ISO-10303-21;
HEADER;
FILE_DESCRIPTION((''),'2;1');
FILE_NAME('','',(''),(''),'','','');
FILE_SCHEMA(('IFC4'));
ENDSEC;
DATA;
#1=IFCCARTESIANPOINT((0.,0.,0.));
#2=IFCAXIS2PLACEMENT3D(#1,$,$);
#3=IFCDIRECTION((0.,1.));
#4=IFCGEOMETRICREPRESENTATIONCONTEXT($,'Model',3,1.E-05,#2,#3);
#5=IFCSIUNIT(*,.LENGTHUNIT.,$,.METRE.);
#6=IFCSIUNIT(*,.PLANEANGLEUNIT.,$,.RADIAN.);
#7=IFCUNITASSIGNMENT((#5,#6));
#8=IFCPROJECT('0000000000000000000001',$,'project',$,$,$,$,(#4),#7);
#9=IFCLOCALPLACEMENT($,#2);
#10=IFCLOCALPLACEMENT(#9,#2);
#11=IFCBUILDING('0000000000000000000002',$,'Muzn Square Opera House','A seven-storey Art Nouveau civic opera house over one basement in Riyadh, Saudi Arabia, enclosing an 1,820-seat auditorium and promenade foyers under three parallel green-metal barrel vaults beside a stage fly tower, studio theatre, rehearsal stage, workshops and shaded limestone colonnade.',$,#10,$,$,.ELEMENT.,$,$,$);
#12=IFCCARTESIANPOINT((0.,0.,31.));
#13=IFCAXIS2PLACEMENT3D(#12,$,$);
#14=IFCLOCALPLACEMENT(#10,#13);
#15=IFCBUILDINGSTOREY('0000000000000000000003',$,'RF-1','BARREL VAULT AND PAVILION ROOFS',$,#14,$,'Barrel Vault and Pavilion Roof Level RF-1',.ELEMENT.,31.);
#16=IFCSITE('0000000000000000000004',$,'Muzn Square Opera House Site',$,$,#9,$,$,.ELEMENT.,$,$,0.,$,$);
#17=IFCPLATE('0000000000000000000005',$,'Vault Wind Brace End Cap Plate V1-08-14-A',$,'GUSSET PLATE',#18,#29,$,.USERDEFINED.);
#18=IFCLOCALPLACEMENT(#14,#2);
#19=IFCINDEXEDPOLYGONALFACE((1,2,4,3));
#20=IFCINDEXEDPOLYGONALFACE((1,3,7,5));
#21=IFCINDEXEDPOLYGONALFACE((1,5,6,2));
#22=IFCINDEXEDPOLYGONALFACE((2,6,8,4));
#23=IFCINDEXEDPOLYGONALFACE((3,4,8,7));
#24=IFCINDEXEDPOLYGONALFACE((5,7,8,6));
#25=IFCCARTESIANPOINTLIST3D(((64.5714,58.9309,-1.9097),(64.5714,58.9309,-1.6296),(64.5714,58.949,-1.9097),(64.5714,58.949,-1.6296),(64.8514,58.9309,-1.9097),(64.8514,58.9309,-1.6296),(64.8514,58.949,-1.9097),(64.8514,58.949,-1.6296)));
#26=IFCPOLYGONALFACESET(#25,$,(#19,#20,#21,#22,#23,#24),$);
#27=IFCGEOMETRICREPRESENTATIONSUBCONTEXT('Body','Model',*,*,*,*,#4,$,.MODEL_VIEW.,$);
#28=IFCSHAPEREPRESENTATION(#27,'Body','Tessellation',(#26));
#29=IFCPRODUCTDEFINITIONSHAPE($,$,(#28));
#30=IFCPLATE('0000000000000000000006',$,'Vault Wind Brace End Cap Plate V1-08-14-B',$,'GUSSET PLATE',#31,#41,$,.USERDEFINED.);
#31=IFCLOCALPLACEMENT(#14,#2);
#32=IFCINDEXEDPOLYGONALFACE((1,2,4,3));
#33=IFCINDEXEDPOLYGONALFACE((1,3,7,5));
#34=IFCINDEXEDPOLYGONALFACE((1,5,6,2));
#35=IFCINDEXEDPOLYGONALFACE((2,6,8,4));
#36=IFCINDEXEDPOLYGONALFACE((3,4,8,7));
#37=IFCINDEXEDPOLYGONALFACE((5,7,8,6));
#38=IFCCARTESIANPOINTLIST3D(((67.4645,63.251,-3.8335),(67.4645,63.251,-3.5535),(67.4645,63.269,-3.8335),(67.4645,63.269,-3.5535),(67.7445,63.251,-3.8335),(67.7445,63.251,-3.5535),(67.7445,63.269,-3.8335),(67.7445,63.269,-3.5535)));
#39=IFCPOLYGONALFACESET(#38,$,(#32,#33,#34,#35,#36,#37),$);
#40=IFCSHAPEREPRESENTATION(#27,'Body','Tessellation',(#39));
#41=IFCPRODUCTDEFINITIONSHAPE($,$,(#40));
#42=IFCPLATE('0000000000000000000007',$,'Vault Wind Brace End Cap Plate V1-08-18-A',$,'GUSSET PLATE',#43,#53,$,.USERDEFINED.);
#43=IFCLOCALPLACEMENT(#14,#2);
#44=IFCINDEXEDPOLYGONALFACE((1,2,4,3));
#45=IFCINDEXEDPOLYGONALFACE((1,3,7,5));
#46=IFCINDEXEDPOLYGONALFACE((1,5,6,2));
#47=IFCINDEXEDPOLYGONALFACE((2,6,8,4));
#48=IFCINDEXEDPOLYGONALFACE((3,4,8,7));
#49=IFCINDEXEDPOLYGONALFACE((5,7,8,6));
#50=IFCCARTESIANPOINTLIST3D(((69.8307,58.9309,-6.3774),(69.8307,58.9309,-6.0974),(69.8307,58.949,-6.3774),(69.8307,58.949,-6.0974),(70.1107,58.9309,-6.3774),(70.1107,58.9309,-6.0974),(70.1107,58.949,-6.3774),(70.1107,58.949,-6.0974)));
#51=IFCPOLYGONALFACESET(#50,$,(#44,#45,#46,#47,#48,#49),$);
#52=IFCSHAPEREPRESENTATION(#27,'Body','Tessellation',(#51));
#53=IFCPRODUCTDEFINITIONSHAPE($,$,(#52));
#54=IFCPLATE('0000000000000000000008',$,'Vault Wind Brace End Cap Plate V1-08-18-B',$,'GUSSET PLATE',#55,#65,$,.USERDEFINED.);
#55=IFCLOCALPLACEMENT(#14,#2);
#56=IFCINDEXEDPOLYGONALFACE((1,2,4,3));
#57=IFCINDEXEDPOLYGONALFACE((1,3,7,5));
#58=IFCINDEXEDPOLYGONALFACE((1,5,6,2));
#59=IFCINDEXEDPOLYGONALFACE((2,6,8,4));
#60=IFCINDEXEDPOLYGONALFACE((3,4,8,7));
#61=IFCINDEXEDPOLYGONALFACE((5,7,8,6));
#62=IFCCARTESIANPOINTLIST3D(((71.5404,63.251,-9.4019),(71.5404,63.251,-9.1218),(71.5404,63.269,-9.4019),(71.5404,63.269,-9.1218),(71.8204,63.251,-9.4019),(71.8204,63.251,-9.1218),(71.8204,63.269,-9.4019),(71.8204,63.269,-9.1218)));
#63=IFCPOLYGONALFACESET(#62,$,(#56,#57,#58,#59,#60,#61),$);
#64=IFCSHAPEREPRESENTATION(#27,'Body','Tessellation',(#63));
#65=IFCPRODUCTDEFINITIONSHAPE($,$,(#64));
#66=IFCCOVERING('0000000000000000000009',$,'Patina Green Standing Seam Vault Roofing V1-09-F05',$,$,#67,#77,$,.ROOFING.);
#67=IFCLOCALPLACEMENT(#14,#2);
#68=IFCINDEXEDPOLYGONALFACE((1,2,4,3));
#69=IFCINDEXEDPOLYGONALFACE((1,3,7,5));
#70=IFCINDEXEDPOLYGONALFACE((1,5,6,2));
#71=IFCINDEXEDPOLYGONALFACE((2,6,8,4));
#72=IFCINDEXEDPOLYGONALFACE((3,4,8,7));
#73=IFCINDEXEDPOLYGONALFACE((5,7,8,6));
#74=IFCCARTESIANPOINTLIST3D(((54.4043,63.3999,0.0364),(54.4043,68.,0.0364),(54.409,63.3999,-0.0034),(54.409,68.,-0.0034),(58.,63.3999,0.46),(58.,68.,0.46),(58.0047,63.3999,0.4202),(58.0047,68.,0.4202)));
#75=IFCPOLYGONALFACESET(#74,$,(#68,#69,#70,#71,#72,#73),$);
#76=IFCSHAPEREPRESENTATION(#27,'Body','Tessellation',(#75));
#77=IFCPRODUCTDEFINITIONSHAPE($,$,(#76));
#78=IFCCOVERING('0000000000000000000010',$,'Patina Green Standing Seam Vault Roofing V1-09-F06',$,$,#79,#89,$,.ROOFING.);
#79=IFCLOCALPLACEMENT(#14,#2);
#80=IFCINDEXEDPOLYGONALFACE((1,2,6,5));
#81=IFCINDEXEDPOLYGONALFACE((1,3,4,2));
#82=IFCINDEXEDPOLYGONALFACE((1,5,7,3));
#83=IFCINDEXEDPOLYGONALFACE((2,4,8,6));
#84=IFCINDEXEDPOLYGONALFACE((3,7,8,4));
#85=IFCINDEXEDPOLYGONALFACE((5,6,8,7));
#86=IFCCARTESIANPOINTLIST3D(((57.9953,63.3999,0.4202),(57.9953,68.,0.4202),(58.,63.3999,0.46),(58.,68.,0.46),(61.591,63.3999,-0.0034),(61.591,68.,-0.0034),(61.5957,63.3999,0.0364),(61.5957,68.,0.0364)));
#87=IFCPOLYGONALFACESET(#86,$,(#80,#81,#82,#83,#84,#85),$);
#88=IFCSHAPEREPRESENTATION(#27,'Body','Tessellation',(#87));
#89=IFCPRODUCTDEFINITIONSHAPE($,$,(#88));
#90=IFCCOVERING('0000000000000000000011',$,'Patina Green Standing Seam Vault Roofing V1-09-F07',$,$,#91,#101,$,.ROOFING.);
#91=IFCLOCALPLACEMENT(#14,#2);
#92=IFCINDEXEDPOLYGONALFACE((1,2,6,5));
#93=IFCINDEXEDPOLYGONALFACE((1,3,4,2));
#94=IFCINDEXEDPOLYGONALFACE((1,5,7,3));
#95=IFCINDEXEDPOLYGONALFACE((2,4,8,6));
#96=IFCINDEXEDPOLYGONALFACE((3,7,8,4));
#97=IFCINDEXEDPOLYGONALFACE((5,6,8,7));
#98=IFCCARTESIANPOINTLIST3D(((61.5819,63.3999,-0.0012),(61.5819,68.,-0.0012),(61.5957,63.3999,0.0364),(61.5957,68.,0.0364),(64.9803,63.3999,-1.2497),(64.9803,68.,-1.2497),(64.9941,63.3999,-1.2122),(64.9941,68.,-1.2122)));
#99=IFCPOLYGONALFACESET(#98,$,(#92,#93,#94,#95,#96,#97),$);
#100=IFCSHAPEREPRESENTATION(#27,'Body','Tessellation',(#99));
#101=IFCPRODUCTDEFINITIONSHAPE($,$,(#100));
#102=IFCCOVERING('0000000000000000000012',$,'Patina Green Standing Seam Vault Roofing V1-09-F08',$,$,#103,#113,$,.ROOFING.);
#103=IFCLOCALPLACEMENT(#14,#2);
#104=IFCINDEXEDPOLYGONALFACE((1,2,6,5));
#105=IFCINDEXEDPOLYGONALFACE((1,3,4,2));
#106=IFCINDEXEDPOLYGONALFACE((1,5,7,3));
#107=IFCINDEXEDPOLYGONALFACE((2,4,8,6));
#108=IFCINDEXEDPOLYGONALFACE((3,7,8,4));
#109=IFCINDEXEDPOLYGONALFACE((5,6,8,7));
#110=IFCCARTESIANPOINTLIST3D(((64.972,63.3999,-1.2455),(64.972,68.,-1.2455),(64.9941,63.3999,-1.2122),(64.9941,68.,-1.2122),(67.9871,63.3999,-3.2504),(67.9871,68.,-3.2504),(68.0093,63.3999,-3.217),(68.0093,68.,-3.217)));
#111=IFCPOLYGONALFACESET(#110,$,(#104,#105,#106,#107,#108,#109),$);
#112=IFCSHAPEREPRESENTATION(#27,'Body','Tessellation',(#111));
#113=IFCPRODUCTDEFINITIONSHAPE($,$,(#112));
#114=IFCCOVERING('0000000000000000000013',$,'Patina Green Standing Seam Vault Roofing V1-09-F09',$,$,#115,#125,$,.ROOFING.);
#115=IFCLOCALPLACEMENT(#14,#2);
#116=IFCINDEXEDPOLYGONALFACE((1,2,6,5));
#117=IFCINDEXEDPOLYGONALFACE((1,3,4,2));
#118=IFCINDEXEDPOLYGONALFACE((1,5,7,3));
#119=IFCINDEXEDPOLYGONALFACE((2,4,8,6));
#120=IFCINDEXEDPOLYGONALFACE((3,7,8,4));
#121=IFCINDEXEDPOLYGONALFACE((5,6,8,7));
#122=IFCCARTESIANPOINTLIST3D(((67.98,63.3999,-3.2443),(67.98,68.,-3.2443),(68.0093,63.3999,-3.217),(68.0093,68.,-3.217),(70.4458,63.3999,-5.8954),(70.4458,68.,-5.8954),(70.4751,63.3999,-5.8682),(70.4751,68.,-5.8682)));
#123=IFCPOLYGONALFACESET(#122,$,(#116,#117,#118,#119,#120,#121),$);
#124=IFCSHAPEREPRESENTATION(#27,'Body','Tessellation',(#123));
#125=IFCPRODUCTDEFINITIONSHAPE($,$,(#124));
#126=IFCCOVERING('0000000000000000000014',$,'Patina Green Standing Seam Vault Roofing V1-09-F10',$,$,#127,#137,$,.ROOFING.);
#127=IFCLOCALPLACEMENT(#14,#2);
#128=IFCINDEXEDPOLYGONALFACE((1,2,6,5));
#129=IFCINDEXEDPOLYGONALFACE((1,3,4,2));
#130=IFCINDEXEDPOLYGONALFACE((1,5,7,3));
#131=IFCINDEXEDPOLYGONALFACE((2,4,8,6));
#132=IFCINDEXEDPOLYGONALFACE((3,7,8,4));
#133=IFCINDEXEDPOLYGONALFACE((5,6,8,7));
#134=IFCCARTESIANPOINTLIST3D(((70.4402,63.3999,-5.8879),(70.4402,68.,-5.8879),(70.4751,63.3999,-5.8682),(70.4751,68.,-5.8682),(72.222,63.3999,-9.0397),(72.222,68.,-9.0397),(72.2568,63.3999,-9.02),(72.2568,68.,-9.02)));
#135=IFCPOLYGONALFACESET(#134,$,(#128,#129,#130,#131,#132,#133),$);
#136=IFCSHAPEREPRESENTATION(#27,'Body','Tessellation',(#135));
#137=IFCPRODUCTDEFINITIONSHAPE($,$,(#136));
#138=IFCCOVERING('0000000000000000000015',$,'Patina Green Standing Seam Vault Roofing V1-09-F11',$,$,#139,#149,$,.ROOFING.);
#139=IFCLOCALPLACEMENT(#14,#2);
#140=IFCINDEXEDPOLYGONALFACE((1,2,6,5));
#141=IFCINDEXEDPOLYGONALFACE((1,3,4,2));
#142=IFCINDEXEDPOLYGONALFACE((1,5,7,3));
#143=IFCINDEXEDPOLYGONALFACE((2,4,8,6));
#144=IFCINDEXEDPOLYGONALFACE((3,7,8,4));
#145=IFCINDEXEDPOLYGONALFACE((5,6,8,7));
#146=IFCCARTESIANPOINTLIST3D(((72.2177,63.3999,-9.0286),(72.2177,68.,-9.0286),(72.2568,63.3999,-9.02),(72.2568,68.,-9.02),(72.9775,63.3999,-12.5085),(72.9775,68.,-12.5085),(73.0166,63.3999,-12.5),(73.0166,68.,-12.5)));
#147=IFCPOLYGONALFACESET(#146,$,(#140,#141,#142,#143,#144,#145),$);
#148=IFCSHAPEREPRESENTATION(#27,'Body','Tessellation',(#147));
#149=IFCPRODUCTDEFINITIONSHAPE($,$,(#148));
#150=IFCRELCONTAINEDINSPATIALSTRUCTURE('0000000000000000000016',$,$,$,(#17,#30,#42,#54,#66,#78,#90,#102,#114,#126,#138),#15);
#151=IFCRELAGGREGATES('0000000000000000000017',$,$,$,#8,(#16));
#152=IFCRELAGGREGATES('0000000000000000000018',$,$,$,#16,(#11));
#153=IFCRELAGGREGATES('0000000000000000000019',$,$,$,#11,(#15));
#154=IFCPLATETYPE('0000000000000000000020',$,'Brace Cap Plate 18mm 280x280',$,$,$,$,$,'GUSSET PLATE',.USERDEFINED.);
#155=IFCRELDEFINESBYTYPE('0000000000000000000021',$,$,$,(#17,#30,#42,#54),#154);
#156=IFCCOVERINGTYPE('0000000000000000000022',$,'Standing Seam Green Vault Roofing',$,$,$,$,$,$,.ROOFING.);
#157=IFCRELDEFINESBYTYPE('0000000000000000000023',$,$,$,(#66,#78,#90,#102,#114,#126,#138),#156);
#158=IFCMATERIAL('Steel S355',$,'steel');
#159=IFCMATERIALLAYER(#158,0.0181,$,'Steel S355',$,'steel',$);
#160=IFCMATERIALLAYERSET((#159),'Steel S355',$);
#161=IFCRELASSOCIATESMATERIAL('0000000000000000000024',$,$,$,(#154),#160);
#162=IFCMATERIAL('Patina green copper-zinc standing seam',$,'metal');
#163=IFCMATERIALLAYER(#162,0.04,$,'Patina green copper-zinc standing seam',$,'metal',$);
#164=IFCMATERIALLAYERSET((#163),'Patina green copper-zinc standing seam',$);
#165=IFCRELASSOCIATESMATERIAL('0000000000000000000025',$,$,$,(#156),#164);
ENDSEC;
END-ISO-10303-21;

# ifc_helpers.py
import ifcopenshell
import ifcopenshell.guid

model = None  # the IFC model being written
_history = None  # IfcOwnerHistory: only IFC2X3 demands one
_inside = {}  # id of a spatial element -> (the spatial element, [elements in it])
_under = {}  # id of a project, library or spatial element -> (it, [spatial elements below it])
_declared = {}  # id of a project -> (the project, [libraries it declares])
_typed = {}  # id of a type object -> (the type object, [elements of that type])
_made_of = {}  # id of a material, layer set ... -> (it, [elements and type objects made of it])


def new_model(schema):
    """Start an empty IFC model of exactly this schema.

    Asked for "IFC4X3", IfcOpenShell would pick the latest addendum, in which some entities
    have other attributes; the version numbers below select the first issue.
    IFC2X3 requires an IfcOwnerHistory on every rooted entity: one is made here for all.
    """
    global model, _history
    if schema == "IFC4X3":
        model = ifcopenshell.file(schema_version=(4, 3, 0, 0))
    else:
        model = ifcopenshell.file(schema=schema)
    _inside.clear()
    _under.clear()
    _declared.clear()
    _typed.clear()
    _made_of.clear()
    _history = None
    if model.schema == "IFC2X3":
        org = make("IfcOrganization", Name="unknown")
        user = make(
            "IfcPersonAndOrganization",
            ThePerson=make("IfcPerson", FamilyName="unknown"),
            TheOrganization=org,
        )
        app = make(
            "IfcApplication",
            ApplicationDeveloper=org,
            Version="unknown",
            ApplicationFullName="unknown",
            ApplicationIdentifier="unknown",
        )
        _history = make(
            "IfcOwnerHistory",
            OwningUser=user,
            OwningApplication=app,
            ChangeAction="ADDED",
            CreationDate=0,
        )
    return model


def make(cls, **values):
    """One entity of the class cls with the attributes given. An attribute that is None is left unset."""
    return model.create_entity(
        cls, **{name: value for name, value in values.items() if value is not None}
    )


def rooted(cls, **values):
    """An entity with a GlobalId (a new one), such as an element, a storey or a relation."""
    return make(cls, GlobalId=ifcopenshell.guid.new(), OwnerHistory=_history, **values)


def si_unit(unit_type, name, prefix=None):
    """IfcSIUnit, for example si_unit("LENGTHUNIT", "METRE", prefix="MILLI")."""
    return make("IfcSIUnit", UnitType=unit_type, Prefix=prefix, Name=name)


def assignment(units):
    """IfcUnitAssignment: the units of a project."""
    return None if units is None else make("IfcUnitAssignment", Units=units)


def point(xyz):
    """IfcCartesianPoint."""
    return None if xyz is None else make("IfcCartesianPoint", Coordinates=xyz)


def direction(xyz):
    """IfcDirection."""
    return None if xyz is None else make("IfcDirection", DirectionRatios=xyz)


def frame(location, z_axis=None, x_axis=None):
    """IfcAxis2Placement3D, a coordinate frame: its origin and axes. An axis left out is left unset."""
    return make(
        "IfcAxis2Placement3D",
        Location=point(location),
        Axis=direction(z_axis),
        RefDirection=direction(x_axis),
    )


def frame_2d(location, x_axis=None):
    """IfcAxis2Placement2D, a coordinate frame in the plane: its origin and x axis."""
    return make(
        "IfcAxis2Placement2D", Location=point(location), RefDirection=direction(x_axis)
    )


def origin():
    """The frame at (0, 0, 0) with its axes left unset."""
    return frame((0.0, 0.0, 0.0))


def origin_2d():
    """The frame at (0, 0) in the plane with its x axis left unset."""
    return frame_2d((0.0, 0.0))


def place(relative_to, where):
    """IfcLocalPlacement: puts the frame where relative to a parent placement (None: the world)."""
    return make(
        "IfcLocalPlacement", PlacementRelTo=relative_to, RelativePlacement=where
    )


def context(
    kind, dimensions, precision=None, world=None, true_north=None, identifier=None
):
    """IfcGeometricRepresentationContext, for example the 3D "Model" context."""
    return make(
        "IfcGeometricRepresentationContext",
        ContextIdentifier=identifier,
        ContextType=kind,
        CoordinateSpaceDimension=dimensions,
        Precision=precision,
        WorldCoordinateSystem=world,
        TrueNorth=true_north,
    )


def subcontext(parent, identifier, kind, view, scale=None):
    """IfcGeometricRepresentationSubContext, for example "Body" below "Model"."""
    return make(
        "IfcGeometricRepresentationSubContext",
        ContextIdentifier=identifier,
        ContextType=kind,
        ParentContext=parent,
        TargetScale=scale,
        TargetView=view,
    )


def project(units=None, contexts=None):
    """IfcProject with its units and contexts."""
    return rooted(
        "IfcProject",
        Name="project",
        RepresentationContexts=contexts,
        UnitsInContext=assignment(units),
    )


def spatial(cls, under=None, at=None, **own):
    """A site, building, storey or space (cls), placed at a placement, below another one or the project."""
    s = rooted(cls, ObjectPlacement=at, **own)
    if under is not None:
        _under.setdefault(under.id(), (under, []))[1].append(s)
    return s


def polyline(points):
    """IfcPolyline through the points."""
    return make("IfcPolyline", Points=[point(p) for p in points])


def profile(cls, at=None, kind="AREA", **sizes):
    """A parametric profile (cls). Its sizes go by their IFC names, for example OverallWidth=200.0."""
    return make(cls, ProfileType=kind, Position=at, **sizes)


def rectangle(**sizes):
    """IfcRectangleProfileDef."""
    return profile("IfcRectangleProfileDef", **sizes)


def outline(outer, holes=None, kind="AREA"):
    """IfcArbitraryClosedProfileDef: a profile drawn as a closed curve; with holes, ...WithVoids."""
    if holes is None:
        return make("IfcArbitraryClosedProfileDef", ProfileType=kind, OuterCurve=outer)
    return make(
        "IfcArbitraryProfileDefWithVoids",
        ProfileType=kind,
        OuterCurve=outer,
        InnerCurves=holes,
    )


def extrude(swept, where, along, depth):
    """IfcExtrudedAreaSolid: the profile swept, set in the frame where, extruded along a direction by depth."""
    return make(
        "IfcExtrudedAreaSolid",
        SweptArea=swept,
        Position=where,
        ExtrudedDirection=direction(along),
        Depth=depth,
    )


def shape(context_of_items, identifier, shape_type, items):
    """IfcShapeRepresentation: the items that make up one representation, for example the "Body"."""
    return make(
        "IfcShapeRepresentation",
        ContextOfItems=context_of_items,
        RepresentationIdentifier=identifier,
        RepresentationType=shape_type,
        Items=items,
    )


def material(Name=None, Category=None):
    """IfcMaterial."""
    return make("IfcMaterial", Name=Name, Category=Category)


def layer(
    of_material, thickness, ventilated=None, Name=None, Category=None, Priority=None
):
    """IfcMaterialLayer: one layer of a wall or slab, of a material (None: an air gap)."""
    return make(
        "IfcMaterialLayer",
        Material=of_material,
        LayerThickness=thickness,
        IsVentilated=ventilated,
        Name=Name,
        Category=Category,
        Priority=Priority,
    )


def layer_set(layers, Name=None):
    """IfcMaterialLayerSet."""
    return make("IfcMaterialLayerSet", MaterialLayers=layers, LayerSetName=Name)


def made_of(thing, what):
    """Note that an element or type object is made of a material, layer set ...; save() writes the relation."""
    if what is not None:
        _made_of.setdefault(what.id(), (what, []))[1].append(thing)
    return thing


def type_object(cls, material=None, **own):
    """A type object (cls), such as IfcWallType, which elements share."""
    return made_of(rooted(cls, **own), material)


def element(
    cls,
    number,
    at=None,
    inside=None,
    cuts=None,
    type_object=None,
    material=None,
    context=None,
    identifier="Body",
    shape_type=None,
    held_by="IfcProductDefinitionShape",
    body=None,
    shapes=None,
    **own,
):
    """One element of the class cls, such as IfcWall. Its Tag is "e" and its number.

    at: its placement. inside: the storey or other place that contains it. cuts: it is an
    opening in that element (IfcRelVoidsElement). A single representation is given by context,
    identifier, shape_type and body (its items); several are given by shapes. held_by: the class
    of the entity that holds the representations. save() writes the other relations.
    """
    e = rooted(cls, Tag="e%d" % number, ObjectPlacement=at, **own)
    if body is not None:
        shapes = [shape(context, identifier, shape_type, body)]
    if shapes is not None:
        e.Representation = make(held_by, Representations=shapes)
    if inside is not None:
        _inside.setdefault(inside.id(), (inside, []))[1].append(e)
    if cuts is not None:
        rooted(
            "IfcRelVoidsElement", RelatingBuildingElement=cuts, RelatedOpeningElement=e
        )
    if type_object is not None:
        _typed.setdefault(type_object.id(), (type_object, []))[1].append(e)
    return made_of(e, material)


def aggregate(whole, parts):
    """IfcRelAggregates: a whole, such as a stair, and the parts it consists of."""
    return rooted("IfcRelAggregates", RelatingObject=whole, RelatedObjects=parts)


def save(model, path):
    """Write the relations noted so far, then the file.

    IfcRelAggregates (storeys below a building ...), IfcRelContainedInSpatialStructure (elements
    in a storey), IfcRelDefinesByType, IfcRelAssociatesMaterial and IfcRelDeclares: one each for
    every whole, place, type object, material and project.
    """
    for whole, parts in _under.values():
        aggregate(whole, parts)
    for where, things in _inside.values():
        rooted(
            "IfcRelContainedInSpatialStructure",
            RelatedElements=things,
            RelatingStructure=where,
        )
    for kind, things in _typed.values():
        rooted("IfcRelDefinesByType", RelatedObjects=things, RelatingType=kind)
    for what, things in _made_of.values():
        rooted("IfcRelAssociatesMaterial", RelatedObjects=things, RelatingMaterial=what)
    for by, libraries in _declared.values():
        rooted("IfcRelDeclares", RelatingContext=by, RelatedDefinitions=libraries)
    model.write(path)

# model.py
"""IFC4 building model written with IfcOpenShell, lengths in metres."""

from ifc_helpers import new_model, si_unit, direction, frame, origin, origin_2d, place, context, subcontext, project, spatial, polyline, rectangle, outline, extrude, material, layer, layer_set, type_object, element, save


model = new_model("IFC4")

# Units and contexts
model_context = context("Model", 3, precision=1e-05, world=origin(), true_north=direction((0.0, 1.0)))
body_context = subcontext(model_context, "Body", "Model", "MODEL_VIEW")
ifc_project = project(units=[si_unit("LENGTHUNIT", "METRE"), si_unit("PLANEANGLEUNIT", "RADIAN")], contexts=[model_context])

# Site, building, storey
site_placement = place(None, origin())
site = spatial("IfcSite", under=ifc_project, at=site_placement, Name="Muzn Square Opera House Site", CompositionType="ELEMENT", RefElevation=0.0)
building_placement = place(site_placement, origin())
building = spatial("IfcBuilding", under=site, at=building_placement, Name="Muzn Square Opera House", Description="A seven-storey Art Nouveau civic opera house over one basement in Riyadh, Saudi Arabia, enclosing an 1,820-seat auditorium and promenade foyers under three parallel green-metal barrel vaults beside a stage fly tower, studio theatre, rehearsal stage, workshops and shaded limestone colonnade.", CompositionType="ELEMENT")
storey_placement = place(building_placement, frame((0.0, 0.0, 31.0)))
storey = spatial("IfcBuildingStorey", under=building, at=storey_placement, Name="RF-1", Description="BARREL VAULT AND PAVILION ROOFS", LongName="Barrel Vault and Pavilion Roof Level RF-1", CompositionType="ELEMENT", Elevation=31.0)

# Shared definitions
ifc_material_1 = material(Name="Steel S355", Category="steel")

# Shared definitions
ifc_material_2 = material(Name="Patina green copper-zinc standing seam", Category="metal")

# Plates
ifc_layer_1 = layer(ifc_material_1, 0.0181, Name="Steel S355", Category="steel")
ifc_layer_set_1 = layer_set([ifc_layer_1], Name="Steel S355")
plate_type = type_object("IfcPlateType", Name="Brace Cap Plate 18mm 280x280", ElementType="GUSSET PLATE", PredefinedType="USERDEFINED", material=ifc_layer_set_1)
for number, where, z_axis, x_axis, name in (
    (1, (64.7114, 58.9399, -1.9097), (0.0, 0.0, 1.0), (1.0, 0.0, 0.0), "Vault Wind Brace End Cap Plate V1-08-14-A"),
    (2, (67.6045, 63.26, -3.8335), (0.0, 0.0, 1.0), (1.0, 0.0, 0.0), "Vault Wind Brace End Cap Plate V1-08-14-B"),
    (3, (69.9707, 58.9399, -6.3774), (0.0, 0.0, 1.0), (1.0, 0.0, 0.0), "Vault Wind Brace End Cap Plate V1-08-18-A"),
    (4, (71.6804, 63.26, -9.4019), (0.0, 0.0, 1.0), (1.0, 0.0, 0.0), "Vault Wind Brace End Cap Plate V1-08-18-B"),
):
    element("IfcPlate", number, at=place(storey_placement, frame(where, z_axis=z_axis, x_axis=x_axis)), inside=storey, type_object=plate_type, Name=name, ObjectType="GUSSET PLATE", PredefinedType="USERDEFINED", context=body_context, shape_type="SweptSolid", body=[
        extrude(rectangle(XDim=0.28, YDim=0.0181, at=origin_2d()), origin(), (0.0, 0.0, 1.0), 0.28),
    ])

# Coverings
ifc_layer_2 = layer(ifc_material_2, 0.04, Name="Patina green copper-zinc standing seam", Category="metal")
ifc_layer_set_2 = layer_set([ifc_layer_2], Name="Patina green copper-zinc standing seam")
covering_type = type_object("IfcCoveringType", Name="Standing Seam Green Vault Roofing", PredefinedType="ROOFING", material=ifc_layer_set_2)
covering_1_placement = place(storey_placement, frame((58.0, 63.3999, 0.46), z_axis=(-0.116994, 0.0, 0.993133), x_axis=(0.0, 1.0, 0.0)))
element("IfcCovering", 5, at=covering_1_placement, inside=storey, type_object=covering_type, Name="Patina Green Standing Seam Vault Roofing V1-09-F05", PredefinedType="ROOFING", context=body_context, shape_type="SweptSolid", body=[
    extrude(outline(polyline([(0.0, 3.6206), (0.0, 0.0), (4.6001, 0.0), (4.6001, 3.6206), (0.0, 3.6206)])), origin(), (0.0, 0.0, -1.0), 0.04),
])
covering_2_placement = place(storey_placement, frame((58.0, 63.3999, 0.46), z_axis=(0.116994, 0.0, 0.993133), x_axis=(0.993133, 0.0, -0.116994)))
element("IfcCovering", 6, at=covering_2_placement, inside=storey, type_object=covering_type, Name="Patina Green Standing Seam Vault Roofing V1-09-F06", PredefinedType="ROOFING", context=body_context, shape_type="SweptSolid", body=[
    extrude(outline(polyline([(0.0, 0.0), (3.6206, 0.0), (3.6206, 4.6001), (0.0, 4.6001), (0.0, 0.0)])), origin(), (0.0, 0.0, -1.0), 0.04),
])
covering_3_placement = place(storey_placement, frame((61.5957, 63.3999, 0.0364), z_axis=(0.344849, 0.0, 0.938658), x_axis=(0.938658, 0.0, -0.344849)))
element("IfcCovering", 7, at=covering_3_placement, inside=storey, type_object=covering_type, Name="Patina Green Standing Seam Vault Roofing V1-09-F07", PredefinedType="ROOFING", context=body_context, shape_type="SweptSolid", body=[
    extrude(outline(polyline([(0.0, 0.0), (3.6205, 0.0), (3.6205, 4.6001), (0.0, 4.6001), (0.0, 0.0)])), origin(), (0.0, 0.0, -1.0), 0.04),
])
covering_4_placement = place(storey_placement, frame((64.9941, 63.3999, -1.2122), z_axis=(0.553704, 0.0, 0.832714), x_axis=(0.832714, 0.0, -0.553704)))
element("IfcCovering", 8, at=covering_4_placement, inside=storey, type_object=covering_type, Name="Patina Green Standing Seam Vault Roofing V1-09-F08", PredefinedType="ROOFING", context=body_context, shape_type="SweptSolid", body=[
    extrude(outline(polyline([(0.0, 0.0), (3.6209, 0.0), (3.6209, 4.6001), (0.0, 4.6001), (0.0, 0.0)])), origin(), (0.0, 0.0, -1.0), 0.04),
])
covering_5_placement = place(storey_placement, frame((68.0093, 63.3999, -3.217), z_axis=(0.732234, 0.0, 0.681053), x_axis=(0.681053, 0.0, -0.732234)))
element("IfcCovering", 9, at=covering_5_placement, inside=storey, type_object=covering_type, Name="Patina Green Standing Seam Vault Roofing V1-09-F09", PredefinedType="ROOFING", context=body_context, shape_type="SweptSolid", body=[
    extrude(outline(polyline([(0.0, 0.0), (3.6206, 0.0), (3.6206, 4.6001), (0.0, 4.6001), (0.0, 0.0)])), origin(), (0.0, 0.0, -1.0), 0.04),
])
covering_6_placement = place(storey_placement, frame((70.4751, 63.3999, -5.8682), z_axis=(0.870533, 0.0, 0.492111), x_axis=(0.492111, 0.0, -0.870533)))
element("IfcCovering", 10, at=covering_6_placement, inside=storey, type_object=covering_type, Name="Patina Green Standing Seam Vault Roofing V1-09-F10", PredefinedType="ROOFING", context=body_context, shape_type="SweptSolid", body=[
    extrude(outline(polyline([(0.0, 0.0), (3.6206, 0.0), (3.6206, 4.6001), (0.0, 4.6001), (0.0, 0.0)])), origin(), (0.0, 0.0, -1.0), 0.04),
])
covering_7_placement = place(storey_placement, frame((72.2568, 63.3999, -9.02), z_axis=(0.976987, 0.0, 0.2133), x_axis=(0.2133, 0.0, -0.976987)))
element("IfcCovering", 11, at=covering_7_placement, inside=storey, type_object=covering_type, Name="Patina Green Standing Seam Vault Roofing V1-09-F11", PredefinedType="ROOFING", context=body_context, shape_type="SweptSolid", body=[
    extrude(outline(polyline([(0.0, 0.0), (3.562, 0.0), (3.562, 4.6001), (0.0, 4.6001), (0.0, 0.0)])), origin(), (0.0, 0.0, -1.0), 0.04),
])

save(model, "model.ifc")
